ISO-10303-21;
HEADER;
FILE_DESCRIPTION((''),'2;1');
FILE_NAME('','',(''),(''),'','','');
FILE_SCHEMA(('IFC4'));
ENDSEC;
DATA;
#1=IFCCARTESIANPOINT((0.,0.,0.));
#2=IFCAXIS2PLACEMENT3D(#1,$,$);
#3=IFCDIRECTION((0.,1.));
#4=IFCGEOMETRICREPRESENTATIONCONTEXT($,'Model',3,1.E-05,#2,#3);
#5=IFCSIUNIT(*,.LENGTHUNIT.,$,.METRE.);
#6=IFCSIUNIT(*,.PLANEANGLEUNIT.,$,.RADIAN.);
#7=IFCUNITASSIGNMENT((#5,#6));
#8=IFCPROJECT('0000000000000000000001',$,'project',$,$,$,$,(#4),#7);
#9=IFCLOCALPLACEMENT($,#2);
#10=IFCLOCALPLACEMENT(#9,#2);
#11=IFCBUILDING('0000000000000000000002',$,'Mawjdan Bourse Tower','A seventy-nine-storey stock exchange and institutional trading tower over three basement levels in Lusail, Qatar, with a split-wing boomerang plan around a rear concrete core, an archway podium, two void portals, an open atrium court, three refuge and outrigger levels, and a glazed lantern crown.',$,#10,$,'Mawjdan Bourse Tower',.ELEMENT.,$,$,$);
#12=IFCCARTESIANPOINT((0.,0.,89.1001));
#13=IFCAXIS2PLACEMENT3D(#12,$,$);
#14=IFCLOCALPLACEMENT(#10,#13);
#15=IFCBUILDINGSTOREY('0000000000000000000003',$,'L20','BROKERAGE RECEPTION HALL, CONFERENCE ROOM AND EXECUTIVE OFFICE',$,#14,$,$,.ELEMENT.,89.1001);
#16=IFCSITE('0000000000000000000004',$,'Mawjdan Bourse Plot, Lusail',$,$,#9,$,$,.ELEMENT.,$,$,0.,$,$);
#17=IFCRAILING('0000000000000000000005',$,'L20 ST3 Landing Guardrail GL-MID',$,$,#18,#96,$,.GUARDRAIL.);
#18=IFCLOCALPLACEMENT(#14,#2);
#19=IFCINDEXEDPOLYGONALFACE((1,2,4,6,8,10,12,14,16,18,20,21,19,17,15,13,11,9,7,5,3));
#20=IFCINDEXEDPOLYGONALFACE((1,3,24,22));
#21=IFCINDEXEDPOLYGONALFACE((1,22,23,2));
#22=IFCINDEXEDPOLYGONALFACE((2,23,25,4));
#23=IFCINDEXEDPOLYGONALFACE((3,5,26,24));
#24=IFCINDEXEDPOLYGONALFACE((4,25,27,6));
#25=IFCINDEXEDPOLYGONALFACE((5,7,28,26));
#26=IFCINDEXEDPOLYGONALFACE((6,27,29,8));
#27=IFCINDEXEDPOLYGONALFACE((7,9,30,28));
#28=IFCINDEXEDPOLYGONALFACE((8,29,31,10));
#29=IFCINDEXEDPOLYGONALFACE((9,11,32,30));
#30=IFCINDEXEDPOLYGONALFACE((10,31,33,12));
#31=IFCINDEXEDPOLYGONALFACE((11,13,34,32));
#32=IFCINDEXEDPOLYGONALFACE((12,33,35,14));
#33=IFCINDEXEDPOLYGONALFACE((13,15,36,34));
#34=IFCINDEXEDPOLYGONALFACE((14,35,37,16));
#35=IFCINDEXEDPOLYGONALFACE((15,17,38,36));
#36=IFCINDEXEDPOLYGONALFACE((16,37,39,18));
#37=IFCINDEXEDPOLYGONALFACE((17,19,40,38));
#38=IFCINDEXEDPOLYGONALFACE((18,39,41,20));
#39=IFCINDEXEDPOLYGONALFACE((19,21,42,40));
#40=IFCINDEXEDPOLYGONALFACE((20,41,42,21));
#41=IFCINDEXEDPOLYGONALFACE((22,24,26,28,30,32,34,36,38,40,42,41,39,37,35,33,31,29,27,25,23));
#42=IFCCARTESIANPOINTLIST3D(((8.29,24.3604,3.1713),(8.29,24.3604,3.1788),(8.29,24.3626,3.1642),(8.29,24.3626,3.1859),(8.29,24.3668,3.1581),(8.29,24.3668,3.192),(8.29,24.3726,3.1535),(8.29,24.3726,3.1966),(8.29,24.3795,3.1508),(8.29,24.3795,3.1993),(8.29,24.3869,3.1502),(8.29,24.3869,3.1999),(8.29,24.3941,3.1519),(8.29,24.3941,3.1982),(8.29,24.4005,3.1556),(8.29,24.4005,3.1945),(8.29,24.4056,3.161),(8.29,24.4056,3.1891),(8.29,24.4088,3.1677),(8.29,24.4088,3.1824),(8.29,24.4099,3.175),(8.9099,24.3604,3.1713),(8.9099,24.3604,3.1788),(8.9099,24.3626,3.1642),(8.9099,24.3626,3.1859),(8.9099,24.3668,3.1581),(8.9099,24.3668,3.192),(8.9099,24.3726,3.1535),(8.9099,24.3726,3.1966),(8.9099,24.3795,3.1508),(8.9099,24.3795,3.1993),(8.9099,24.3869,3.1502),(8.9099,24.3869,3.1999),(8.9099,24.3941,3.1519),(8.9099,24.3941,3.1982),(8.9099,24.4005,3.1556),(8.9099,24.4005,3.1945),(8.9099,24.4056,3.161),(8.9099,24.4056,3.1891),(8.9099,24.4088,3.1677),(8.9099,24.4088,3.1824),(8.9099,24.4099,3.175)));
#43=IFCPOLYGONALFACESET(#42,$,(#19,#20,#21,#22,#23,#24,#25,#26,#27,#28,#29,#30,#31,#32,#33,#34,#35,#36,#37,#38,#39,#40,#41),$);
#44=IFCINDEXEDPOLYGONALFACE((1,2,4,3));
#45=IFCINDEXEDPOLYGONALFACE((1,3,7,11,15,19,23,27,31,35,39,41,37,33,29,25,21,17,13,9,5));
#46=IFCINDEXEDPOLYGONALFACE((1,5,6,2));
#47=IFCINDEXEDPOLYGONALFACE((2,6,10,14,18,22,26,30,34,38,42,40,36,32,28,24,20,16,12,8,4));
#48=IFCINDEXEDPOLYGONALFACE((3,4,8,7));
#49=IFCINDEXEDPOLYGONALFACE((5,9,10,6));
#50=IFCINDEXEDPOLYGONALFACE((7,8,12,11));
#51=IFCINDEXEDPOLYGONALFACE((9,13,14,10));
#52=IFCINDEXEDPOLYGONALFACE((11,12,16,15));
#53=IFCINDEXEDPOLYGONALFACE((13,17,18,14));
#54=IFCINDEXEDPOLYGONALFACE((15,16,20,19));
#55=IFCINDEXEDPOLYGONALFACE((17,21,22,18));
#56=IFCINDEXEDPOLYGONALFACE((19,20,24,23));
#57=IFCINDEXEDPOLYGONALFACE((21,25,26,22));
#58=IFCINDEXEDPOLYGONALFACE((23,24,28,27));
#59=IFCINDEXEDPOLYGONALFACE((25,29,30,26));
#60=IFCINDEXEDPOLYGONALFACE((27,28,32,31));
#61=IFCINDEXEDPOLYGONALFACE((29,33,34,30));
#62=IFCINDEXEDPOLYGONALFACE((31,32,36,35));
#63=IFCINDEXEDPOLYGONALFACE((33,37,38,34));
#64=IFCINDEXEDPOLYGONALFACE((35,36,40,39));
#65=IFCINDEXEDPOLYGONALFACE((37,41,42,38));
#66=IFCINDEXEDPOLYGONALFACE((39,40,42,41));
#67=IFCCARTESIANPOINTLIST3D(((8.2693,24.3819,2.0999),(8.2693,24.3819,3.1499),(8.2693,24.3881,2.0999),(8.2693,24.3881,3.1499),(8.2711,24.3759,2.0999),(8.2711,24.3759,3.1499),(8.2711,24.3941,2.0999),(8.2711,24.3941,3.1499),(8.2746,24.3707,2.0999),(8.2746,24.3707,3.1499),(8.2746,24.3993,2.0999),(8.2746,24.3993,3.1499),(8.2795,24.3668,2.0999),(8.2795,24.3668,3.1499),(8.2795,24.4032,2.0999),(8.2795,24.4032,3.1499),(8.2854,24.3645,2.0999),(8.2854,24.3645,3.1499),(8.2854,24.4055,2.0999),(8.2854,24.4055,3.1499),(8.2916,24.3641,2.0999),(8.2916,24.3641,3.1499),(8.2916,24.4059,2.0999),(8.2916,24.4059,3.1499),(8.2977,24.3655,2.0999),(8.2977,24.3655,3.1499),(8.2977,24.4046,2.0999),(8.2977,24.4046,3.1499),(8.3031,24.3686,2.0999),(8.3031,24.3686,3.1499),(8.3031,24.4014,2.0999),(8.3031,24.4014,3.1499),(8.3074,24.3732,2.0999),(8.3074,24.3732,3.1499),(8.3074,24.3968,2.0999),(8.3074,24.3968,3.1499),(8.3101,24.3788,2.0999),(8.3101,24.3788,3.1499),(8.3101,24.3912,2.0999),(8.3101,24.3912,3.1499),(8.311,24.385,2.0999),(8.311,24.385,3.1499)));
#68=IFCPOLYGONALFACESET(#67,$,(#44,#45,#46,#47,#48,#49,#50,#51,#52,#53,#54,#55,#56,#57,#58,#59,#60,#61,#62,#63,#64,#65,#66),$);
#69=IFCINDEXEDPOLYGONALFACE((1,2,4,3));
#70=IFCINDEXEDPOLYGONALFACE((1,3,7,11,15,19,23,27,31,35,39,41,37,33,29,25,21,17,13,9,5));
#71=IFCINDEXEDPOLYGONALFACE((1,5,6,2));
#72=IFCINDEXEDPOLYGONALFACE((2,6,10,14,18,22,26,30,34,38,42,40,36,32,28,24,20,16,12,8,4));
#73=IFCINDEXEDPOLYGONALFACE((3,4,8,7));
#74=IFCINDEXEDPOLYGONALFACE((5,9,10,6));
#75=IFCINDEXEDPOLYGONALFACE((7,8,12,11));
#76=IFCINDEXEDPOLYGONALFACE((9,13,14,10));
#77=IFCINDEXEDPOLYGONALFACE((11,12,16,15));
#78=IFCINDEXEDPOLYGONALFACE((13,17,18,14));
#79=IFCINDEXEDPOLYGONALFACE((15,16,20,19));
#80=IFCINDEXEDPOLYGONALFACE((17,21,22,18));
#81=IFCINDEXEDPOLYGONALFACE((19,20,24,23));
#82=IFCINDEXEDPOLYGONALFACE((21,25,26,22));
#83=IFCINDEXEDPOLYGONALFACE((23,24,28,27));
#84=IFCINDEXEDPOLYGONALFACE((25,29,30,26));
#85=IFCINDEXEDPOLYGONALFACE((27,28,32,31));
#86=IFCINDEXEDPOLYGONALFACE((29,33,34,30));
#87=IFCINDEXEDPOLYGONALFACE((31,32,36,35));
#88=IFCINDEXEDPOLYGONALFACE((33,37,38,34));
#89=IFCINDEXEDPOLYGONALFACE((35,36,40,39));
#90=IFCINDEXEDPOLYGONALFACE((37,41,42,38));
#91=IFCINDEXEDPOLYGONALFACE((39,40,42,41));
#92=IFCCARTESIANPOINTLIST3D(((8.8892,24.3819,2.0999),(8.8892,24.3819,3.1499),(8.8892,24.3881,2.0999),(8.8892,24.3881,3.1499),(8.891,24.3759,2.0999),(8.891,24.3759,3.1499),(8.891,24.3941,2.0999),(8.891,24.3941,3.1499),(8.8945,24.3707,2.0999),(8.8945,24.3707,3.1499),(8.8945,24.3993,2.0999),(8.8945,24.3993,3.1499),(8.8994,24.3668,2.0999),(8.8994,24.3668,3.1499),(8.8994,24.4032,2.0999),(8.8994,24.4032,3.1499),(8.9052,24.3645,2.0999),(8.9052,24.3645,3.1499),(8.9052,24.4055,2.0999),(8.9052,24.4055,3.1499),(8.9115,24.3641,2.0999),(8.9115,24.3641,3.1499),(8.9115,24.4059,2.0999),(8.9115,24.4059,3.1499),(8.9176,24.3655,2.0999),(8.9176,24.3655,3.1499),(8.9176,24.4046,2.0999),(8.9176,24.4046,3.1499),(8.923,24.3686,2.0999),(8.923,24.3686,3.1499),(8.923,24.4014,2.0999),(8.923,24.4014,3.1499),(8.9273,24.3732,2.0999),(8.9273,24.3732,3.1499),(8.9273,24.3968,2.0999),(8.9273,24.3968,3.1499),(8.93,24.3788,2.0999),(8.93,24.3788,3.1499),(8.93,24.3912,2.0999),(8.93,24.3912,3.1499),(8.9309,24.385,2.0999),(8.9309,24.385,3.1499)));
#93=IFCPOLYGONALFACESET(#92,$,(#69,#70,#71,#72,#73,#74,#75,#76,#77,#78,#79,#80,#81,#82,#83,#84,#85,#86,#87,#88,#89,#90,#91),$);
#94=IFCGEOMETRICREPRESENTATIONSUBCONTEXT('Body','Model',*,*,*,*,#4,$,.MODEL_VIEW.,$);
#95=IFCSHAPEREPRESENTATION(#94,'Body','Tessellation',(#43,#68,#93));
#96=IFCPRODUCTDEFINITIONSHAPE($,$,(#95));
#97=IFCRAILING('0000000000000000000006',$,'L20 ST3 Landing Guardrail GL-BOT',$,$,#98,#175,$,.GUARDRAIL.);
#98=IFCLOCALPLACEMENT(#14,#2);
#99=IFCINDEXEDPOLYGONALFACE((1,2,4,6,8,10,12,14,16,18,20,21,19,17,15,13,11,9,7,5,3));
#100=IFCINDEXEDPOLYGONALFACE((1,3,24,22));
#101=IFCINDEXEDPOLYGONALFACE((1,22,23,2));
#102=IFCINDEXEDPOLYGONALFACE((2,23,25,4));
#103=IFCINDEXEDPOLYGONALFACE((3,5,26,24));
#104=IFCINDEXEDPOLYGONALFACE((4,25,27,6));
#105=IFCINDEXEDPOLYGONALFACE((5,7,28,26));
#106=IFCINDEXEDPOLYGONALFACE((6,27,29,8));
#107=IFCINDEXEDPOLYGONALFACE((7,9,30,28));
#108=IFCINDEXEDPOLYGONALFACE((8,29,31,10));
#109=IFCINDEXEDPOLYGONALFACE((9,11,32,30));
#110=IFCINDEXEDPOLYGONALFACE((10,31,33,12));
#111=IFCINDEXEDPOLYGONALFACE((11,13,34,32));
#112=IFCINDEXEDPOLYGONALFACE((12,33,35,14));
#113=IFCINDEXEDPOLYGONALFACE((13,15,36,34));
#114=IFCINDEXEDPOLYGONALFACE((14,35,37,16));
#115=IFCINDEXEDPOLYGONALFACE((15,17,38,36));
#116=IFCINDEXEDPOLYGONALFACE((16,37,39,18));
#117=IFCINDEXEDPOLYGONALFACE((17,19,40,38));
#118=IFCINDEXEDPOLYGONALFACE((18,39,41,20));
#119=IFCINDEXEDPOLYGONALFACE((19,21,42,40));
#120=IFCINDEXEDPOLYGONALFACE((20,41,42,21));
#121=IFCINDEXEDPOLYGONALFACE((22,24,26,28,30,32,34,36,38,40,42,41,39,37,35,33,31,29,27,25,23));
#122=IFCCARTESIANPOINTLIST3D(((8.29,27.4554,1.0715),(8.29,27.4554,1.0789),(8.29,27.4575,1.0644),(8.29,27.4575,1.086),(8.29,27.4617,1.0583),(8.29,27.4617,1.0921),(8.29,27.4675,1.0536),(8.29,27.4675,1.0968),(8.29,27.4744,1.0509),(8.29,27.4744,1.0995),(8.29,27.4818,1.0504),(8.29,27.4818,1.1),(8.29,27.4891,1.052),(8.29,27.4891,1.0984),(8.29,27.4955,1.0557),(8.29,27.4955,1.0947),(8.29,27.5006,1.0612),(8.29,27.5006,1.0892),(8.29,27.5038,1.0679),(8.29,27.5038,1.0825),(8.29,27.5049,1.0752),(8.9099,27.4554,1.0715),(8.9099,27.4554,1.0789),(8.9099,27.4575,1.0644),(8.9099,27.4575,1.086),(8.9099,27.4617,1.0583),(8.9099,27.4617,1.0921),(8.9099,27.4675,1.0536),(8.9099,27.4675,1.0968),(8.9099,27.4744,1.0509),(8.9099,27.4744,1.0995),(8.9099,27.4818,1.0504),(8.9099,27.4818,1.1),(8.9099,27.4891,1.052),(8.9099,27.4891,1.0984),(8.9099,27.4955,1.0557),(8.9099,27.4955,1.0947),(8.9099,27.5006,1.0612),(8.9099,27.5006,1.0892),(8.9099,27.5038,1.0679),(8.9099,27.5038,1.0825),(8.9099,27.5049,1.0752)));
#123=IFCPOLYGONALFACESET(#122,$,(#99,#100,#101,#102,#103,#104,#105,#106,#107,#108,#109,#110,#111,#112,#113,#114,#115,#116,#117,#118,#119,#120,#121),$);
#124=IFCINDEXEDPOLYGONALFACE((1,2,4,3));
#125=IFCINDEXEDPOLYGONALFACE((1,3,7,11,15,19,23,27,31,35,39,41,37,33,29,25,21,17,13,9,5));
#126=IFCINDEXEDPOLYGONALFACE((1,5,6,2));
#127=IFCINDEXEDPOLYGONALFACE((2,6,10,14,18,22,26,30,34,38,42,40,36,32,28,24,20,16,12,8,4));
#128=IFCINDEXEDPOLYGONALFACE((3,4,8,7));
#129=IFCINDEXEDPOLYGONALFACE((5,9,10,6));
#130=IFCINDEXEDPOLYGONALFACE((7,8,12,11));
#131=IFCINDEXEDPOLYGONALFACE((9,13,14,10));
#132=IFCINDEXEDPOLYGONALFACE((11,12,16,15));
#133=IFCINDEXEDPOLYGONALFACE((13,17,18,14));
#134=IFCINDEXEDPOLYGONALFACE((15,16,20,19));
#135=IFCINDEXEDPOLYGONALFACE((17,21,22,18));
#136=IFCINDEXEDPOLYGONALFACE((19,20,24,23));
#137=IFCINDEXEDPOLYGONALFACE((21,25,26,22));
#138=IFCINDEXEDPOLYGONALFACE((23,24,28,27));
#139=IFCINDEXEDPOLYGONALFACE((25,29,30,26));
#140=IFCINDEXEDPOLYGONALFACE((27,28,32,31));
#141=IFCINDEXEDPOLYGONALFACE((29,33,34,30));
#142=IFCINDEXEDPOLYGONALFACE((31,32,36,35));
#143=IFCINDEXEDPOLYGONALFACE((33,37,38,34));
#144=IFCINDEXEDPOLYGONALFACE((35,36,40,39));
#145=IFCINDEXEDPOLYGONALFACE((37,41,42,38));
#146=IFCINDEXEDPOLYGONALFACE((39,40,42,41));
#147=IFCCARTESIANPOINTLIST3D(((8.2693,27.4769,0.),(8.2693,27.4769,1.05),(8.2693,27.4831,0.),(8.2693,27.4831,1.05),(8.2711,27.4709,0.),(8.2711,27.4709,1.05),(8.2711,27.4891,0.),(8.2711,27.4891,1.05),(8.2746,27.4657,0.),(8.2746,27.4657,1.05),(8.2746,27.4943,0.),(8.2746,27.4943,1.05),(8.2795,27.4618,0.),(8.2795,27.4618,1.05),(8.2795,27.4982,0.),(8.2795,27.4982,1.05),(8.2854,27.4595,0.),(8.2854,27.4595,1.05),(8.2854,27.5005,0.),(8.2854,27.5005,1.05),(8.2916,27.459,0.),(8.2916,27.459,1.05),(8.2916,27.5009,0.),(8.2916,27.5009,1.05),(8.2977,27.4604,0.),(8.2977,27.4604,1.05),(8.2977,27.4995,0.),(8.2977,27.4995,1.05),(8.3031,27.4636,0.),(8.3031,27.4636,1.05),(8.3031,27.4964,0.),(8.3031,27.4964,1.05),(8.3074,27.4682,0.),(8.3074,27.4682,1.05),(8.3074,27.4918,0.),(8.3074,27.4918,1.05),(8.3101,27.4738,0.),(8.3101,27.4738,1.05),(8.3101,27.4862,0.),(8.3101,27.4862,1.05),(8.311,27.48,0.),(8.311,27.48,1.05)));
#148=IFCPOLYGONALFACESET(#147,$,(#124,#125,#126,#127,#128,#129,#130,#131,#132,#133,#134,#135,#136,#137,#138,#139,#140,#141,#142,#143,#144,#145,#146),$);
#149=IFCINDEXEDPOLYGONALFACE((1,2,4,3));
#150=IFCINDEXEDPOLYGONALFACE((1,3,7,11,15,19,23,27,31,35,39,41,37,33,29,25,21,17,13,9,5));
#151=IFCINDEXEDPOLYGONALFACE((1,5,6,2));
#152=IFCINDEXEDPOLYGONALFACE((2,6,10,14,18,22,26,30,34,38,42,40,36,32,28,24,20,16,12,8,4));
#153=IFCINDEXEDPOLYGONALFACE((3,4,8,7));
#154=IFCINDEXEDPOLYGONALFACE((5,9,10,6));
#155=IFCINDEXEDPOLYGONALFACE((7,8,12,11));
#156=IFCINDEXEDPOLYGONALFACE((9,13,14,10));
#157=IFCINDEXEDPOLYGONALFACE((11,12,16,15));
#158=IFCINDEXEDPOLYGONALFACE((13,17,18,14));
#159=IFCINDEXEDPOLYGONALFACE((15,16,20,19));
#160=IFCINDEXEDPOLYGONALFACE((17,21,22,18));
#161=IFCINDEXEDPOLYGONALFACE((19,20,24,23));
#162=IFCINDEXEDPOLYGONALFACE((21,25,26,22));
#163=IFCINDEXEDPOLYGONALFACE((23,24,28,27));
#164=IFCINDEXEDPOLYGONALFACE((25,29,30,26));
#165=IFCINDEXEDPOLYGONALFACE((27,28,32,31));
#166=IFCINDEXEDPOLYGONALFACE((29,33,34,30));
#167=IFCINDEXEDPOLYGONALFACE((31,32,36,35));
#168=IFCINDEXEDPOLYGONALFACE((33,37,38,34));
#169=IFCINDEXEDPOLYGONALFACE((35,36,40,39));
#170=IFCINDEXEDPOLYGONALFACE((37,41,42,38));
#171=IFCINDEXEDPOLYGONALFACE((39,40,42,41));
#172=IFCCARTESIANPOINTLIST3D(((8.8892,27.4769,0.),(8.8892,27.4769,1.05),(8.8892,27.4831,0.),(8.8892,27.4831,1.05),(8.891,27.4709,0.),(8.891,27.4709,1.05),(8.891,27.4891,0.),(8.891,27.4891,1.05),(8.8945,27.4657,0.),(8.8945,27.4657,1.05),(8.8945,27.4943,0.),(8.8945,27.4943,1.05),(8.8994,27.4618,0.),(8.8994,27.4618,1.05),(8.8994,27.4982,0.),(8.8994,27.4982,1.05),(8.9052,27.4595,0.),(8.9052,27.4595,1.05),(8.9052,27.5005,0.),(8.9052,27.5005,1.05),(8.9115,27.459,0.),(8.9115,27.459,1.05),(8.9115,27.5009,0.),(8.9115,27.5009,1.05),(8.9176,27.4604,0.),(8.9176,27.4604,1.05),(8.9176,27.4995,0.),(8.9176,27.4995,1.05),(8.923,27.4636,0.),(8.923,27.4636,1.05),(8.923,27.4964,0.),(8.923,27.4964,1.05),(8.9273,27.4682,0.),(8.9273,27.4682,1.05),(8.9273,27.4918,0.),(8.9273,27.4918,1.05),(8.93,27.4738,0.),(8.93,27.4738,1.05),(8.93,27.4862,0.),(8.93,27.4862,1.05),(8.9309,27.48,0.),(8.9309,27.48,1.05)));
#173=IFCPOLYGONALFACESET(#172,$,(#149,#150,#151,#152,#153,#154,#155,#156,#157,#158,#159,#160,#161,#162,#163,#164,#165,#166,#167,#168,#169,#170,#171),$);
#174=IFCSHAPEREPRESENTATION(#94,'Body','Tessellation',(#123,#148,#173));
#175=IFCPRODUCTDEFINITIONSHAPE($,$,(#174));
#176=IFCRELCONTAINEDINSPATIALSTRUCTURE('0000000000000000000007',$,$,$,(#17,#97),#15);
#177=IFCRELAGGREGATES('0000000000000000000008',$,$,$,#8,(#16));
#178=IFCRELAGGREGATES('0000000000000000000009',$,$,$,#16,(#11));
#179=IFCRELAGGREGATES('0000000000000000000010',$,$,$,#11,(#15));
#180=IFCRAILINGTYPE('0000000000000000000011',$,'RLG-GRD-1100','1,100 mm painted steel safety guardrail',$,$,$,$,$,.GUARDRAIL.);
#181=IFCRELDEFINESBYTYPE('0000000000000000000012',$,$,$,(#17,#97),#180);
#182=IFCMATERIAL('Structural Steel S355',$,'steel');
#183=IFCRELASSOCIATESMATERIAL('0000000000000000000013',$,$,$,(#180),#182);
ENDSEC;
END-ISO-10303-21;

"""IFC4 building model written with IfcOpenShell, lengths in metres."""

from ifc_helpers import new_model, si_unit, direction, frame, origin, origin_2d, place, context, subcontext, project, spatial, circle, extrude, material, type_object, element, save


model = new_model("IFC4")

# Units and contexts
model_context = context("Model", 3, precision=1e-05, world=origin(), true_north=direction((0.0, 1.0)))
body_context = subcontext(model_context, "Body", "Model", "MODEL_VIEW")
ifc_project = project(units=[si_unit("LENGTHUNIT", "METRE"), si_unit("PLANEANGLEUNIT", "RADIAN")], contexts=[model_context])

# Site, building, storey
site_placement = place(None, origin())
site = spatial("IfcSite", under=ifc_project, at=site_placement, Name="Mawjdan Bourse Plot, Lusail", CompositionType="ELEMENT", RefElevation=0.0)
building_placement = place(site_placement, origin())
building = spatial("IfcBuilding", under=site, at=building_placement, Name="Mawjdan Bourse Tower", Description="A seventy-nine-storey stock exchange and institutional trading tower over three basement levels in Lusail, Qatar, with a split-wing boomerang plan around a rear concrete core, an archway podium, two void portals, an open atrium court, three refuge and outrigger levels, and a glazed lantern crown.", LongName="Mawjdan Bourse Tower", CompositionType="ELEMENT")
storey_placement = place(building_placement, frame((0.0, 0.0, 89.1001)))
storey = spatial("IfcBuildingStorey", under=building, at=storey_placement, Name="L20", Description="BROKERAGE RECEPTION HALL, CONFERENCE ROOM AND EXECUTIVE OFFICE", CompositionType="ELEMENT", Elevation=89.1001)

# Shared definitions
ifc_material_1 = material(Name="Structural Steel S355", Category="steel")

# Railings
railing_type_1 = type_object("IfcRailingType", Name="RLG-GRD-1100", Description="1,100 mm painted steel safety guardrail", PredefinedType="GUARDRAIL", material=ifc_material_1)
for number, where, name in (
    (1, (8.29, 24.385, 2.0999), "L20 ST3 Landing Guardrail GL-MID"),
    (2, (8.29, 27.48, 0.0), "L20 ST3 Landing Guardrail GL-BOT"),
):
    element("IfcRailing", number, at=place(storey_placement, frame(where)), inside=storey, type_object=railing_type_1, Name=name, PredefinedType="GUARDRAIL", context=body_context, shape_type="SweptSolid", body=[
        extrude(circle(Radius=0.0249, at=origin_2d()), frame((0.0, 0.0, 1.0752), z_axis=(1.0, 0.0, 0.0), x_axis=(0.0, 1.0, 0.0)), (0.0, 0.0, 1.0), 0.6199),
        extrude(circle(Radius=0.021, at=origin_2d()), origin(), (0.0, 0.0, 1.0), 1.05),
        extrude(circle(Radius=0.021, at=origin_2d()), frame((0.6199, 0.0, 0.0)), (0.0, 0.0, 1.0), 1.05),
    ])

save(model, "model.ifc")
